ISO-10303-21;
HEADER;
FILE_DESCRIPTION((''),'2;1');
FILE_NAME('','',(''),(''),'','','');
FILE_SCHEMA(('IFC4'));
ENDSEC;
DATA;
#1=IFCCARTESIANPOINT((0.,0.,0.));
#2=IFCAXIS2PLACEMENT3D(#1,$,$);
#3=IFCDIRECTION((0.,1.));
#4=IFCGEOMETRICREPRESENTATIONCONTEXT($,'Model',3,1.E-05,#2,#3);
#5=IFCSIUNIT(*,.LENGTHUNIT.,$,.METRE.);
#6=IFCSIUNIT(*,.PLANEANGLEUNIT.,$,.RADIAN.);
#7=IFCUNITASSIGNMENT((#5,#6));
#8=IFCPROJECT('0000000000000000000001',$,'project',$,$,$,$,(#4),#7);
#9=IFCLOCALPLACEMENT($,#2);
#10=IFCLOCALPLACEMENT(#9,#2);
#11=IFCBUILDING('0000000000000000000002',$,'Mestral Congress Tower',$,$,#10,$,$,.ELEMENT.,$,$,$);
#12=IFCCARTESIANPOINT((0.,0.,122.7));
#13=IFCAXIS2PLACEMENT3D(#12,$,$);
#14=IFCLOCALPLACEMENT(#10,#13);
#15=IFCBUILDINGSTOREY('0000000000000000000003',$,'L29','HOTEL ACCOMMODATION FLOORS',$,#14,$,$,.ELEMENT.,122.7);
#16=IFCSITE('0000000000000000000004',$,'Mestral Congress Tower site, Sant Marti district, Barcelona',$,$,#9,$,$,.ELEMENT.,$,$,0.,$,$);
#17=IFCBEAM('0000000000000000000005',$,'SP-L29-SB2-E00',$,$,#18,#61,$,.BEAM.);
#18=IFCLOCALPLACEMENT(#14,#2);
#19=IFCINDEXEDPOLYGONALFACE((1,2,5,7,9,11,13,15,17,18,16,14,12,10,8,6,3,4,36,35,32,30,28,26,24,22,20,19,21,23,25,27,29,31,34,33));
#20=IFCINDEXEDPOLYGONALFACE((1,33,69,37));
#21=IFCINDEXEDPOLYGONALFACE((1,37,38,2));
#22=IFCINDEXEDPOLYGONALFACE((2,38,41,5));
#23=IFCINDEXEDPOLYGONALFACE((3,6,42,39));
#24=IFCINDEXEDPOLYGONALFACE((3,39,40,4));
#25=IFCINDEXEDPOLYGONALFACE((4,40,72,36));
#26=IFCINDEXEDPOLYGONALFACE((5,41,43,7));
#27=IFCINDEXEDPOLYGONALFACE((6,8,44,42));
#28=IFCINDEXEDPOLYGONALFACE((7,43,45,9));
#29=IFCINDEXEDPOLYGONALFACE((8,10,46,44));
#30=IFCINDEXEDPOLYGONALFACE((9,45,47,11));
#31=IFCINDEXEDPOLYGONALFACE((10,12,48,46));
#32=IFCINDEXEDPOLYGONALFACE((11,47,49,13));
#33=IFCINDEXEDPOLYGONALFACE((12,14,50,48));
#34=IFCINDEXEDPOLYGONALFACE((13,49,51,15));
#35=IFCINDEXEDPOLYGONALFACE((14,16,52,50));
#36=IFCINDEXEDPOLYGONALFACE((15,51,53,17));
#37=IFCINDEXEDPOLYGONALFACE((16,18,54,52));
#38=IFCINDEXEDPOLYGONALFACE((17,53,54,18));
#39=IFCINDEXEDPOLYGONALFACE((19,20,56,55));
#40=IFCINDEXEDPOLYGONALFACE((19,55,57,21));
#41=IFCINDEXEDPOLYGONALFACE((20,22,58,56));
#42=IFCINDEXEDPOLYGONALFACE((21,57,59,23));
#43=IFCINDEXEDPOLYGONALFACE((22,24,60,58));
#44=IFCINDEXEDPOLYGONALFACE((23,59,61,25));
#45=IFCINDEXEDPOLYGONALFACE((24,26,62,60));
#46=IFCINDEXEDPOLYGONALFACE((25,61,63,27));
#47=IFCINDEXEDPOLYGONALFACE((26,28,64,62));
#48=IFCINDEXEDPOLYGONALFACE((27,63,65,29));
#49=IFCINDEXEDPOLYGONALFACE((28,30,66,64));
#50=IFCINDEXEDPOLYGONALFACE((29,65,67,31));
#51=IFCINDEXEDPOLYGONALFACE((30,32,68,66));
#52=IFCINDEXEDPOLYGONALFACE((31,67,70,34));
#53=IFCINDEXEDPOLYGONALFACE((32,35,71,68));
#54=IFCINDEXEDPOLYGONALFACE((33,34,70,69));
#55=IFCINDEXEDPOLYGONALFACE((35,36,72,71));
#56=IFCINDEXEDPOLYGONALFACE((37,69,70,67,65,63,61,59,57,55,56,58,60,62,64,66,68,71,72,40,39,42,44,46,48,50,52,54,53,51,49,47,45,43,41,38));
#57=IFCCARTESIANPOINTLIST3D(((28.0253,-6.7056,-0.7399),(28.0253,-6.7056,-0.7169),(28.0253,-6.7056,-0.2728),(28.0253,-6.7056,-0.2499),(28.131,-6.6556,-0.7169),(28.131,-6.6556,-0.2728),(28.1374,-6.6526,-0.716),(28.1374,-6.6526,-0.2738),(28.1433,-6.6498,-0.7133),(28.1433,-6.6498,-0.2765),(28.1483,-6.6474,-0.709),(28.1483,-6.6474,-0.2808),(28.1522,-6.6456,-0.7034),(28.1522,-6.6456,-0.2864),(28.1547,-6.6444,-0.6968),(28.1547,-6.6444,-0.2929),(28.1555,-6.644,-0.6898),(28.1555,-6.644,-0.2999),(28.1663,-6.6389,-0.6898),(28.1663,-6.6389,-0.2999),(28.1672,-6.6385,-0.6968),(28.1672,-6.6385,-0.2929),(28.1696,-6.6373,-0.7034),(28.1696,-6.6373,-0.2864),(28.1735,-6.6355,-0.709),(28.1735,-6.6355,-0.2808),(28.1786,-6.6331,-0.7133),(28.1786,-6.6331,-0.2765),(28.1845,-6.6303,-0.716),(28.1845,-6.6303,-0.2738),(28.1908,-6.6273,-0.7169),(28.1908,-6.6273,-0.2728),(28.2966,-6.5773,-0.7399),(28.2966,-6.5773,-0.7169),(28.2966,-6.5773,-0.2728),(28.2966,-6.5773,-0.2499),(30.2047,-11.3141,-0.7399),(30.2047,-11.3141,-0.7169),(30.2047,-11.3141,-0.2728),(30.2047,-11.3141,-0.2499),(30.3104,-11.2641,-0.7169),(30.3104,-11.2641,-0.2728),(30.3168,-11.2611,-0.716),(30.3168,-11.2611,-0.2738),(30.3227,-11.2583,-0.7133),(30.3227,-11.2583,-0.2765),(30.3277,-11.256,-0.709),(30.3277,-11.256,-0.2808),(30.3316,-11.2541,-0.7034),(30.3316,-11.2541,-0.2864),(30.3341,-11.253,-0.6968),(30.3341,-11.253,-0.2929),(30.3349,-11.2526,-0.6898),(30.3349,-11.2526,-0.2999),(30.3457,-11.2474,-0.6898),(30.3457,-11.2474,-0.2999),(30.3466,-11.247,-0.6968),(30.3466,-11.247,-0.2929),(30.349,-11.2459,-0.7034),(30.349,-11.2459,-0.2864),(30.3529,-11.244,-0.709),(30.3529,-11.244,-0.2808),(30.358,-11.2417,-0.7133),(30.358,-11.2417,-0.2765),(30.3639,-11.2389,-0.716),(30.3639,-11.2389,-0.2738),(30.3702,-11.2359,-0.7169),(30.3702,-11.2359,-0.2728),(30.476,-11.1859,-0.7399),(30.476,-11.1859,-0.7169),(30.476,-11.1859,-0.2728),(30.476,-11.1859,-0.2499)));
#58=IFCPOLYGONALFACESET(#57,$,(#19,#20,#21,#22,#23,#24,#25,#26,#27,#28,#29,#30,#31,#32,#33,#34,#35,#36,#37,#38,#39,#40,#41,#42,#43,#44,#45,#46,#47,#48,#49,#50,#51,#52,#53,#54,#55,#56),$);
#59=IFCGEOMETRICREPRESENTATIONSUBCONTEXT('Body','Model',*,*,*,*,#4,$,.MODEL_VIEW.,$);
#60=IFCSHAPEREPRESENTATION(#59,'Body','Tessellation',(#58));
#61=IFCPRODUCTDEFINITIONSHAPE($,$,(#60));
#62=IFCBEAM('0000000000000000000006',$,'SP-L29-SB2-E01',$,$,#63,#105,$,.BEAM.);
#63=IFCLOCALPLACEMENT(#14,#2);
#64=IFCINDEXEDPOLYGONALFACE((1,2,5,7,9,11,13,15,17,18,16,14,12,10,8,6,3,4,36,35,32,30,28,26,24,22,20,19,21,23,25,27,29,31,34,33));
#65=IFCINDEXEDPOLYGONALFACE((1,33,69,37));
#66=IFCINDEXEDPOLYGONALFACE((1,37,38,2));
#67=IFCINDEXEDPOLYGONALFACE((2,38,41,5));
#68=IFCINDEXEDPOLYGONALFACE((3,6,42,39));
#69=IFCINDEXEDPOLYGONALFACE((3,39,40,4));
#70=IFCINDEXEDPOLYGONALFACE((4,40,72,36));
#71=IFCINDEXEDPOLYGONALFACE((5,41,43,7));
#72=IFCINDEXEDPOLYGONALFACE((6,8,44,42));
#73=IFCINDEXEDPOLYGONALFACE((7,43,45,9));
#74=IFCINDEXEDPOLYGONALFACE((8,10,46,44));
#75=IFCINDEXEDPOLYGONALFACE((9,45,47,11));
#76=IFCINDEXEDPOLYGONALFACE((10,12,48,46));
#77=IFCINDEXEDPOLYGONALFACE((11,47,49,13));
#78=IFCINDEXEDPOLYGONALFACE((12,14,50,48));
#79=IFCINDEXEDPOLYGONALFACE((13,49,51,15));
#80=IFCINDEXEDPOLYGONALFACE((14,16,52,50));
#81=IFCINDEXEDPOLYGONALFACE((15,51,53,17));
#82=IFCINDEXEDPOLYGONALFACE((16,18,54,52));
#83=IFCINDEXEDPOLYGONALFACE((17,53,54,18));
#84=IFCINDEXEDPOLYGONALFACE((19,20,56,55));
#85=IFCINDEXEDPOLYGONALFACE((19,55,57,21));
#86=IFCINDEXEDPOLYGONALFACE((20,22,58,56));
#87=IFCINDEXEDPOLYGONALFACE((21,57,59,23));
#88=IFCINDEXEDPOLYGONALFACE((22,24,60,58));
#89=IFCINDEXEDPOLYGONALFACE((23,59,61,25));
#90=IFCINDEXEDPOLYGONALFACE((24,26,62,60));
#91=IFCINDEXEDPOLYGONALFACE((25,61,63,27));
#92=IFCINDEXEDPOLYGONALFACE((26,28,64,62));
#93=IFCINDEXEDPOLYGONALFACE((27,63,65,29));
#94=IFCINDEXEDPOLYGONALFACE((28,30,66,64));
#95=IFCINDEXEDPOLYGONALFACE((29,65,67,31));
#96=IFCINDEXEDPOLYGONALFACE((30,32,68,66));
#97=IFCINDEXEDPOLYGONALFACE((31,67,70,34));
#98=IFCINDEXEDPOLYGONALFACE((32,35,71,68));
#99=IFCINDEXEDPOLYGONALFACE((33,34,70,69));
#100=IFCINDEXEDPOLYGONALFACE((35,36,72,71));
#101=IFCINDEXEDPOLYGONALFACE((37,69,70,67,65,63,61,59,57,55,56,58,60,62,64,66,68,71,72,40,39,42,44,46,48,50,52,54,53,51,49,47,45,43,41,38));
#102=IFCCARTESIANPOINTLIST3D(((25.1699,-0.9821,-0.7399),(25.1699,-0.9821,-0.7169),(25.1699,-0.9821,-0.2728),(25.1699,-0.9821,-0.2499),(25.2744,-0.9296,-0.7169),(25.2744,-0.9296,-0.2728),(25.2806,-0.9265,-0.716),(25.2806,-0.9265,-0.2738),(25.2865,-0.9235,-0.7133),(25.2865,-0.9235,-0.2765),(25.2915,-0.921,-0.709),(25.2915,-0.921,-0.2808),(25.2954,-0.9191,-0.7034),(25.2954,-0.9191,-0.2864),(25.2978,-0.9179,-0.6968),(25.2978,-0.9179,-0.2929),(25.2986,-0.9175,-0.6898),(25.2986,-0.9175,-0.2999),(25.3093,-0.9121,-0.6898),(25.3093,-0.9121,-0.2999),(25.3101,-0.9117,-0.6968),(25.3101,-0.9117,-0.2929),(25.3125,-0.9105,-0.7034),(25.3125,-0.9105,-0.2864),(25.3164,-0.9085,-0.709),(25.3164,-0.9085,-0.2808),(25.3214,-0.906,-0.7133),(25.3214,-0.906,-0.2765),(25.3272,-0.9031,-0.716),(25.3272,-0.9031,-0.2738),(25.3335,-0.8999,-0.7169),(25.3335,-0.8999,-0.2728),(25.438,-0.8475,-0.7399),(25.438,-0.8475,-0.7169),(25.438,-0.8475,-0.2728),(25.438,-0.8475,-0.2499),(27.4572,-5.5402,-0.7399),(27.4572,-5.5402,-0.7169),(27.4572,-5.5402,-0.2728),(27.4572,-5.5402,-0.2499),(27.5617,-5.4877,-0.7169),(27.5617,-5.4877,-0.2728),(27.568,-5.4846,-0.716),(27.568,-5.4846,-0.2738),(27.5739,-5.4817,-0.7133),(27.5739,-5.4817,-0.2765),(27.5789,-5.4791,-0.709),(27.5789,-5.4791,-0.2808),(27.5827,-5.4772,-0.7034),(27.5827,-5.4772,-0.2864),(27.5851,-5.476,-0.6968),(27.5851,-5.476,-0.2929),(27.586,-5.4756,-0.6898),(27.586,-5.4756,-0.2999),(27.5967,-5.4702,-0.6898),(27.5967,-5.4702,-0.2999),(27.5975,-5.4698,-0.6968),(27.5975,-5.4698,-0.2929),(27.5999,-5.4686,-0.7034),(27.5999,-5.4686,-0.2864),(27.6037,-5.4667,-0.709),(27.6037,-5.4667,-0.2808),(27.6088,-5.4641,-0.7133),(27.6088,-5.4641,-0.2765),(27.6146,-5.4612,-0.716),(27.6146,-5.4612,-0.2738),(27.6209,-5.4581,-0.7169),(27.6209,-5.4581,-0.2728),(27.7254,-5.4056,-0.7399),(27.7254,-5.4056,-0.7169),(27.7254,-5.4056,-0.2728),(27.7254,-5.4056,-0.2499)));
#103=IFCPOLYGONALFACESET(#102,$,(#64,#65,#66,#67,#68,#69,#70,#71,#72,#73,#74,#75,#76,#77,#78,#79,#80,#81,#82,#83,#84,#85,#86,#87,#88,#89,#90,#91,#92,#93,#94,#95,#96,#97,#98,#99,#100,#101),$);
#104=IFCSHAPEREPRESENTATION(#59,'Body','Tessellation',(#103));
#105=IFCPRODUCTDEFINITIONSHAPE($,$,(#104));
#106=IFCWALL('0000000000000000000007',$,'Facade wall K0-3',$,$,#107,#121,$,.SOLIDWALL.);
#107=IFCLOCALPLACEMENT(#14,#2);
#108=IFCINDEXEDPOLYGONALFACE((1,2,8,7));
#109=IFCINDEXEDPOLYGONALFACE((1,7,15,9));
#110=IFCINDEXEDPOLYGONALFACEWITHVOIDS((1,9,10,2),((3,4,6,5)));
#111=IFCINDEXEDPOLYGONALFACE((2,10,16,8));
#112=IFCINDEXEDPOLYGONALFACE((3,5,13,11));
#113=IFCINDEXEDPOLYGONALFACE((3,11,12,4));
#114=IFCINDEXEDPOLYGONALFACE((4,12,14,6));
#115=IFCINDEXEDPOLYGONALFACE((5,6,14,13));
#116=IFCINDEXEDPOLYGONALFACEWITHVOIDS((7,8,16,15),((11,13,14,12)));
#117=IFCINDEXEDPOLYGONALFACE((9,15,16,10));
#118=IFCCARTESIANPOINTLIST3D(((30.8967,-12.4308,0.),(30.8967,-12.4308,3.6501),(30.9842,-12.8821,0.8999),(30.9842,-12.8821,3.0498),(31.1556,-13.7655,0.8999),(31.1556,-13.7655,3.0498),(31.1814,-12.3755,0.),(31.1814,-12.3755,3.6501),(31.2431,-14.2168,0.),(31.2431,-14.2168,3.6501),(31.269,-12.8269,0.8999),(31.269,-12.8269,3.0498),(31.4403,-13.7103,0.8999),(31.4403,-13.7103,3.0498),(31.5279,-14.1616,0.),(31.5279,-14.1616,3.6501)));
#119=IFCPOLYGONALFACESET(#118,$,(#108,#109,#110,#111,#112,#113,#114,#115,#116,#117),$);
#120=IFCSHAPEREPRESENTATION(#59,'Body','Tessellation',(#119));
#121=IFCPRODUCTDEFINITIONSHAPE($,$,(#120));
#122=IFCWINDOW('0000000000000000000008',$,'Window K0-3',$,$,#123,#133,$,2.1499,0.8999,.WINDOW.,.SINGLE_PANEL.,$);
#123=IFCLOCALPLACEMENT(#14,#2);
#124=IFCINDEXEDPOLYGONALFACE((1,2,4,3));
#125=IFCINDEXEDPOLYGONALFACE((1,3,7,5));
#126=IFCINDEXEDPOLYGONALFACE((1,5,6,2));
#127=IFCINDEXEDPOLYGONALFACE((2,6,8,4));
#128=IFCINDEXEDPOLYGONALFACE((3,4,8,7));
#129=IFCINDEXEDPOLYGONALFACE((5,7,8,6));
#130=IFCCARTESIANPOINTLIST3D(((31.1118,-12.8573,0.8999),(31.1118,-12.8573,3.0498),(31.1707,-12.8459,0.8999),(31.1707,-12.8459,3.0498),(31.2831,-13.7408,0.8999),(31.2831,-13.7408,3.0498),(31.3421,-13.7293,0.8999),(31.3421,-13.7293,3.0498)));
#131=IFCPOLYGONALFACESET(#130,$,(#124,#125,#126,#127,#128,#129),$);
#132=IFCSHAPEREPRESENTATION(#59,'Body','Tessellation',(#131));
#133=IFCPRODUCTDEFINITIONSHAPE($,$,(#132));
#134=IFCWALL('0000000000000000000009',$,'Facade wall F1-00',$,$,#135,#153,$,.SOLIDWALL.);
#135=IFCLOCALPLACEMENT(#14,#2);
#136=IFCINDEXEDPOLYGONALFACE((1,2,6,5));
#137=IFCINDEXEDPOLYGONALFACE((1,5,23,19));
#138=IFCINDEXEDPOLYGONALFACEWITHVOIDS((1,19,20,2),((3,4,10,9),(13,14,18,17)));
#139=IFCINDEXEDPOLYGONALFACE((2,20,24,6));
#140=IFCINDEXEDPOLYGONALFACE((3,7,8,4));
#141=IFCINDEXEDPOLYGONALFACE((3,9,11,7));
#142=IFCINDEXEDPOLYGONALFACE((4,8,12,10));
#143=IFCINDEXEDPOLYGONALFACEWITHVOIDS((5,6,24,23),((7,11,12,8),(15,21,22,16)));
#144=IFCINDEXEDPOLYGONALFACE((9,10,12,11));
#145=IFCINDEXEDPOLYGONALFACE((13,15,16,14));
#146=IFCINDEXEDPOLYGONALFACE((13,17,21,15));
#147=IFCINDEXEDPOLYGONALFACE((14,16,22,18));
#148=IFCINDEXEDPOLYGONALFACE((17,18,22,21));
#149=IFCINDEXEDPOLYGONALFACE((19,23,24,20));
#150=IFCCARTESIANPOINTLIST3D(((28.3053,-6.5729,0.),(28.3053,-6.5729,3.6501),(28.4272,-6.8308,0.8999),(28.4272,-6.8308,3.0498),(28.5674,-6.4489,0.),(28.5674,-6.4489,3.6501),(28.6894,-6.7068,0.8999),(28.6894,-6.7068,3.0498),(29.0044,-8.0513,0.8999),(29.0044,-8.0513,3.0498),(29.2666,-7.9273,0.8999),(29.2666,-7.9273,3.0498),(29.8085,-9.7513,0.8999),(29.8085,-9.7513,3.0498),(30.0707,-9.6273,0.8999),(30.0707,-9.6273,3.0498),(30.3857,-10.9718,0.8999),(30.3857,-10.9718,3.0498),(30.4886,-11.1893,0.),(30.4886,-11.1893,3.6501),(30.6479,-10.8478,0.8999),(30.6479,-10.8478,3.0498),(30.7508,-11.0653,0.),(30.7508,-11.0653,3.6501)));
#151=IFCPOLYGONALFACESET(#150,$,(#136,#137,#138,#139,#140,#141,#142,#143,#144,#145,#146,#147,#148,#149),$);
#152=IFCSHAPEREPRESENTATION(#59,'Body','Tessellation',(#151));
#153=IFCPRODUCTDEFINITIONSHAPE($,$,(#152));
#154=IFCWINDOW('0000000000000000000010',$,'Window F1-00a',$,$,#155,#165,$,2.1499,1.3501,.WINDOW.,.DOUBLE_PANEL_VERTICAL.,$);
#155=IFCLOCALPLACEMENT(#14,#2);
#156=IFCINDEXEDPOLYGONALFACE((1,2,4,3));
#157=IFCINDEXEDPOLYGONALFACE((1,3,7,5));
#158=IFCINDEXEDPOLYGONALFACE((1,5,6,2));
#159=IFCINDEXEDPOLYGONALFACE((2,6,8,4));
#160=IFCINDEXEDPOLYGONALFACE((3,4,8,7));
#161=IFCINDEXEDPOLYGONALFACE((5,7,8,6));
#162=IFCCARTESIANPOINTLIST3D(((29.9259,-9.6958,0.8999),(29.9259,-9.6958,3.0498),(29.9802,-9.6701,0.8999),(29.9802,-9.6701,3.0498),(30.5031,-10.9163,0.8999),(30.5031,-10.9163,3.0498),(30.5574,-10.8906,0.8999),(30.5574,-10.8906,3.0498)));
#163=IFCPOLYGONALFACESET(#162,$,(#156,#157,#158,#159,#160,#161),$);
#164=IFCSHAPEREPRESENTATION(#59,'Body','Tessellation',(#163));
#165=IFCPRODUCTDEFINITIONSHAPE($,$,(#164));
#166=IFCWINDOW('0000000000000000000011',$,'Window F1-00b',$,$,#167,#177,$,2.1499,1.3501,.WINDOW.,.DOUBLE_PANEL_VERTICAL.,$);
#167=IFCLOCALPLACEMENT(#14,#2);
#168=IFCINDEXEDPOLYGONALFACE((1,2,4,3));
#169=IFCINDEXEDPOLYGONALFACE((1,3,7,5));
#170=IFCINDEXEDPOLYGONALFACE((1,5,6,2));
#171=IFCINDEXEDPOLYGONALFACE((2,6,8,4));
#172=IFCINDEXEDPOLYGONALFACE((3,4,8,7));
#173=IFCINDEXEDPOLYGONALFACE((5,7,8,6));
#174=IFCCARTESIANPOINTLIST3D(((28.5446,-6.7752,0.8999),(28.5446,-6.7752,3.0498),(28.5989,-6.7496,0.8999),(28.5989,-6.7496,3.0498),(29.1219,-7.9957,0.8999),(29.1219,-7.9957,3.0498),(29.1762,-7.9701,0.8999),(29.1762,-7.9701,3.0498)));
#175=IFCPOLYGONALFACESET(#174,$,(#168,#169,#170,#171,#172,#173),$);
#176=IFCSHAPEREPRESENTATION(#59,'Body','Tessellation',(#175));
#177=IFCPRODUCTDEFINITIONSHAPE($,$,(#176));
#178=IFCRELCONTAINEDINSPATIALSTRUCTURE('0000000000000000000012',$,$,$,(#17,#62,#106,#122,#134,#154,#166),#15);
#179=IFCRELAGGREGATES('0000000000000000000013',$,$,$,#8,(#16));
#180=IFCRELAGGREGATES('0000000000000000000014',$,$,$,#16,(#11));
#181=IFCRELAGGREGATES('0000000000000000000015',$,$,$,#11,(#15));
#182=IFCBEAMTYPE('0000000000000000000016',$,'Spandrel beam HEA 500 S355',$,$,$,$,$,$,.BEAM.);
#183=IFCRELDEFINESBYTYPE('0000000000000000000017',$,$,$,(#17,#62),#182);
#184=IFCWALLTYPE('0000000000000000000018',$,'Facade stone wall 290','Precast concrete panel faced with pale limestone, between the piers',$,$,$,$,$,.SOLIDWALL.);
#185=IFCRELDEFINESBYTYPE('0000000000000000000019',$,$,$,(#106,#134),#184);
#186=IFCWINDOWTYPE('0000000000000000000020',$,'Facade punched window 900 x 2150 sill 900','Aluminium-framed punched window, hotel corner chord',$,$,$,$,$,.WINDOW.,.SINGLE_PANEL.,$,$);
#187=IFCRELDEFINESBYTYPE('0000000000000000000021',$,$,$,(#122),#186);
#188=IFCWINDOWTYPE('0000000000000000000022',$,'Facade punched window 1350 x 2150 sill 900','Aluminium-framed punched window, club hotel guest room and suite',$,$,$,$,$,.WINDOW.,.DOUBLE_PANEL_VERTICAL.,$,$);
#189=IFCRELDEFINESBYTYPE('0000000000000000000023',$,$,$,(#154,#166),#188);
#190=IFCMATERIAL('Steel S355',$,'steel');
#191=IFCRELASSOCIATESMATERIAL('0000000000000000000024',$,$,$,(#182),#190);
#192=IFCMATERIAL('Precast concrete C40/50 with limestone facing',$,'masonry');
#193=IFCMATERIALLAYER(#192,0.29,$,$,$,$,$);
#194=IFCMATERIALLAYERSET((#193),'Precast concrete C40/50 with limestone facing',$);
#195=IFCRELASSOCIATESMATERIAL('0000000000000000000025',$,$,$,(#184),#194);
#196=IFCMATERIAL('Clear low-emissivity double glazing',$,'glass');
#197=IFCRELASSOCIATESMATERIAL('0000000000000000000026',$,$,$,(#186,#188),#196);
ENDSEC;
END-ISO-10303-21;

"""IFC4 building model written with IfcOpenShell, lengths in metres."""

from ifc_helpers import new_model, si_unit, direction, frame, frame_2d, origin, origin_2d, place, context, subcontext, project, spatial, rectangle, i_section, extrude, material, layer, layer_set, material_profile, profile_set, type_object, element, fill, save


model = new_model("IFC4")

# Units and contexts
model_context = context("Model", 3, precision=1e-05, world=origin(), true_north=direction((0.0, 1.0)))
body_context = subcontext(model_context, "Body", "Model", "MODEL_VIEW")
ifc_project = project(units=[si_unit("LENGTHUNIT", "METRE"), si_unit("PLANEANGLEUNIT", "RADIAN")], contexts=[model_context])

# Site, building, storey
site_placement = place(None, origin())
site = spatial("IfcSite", under=ifc_project, at=site_placement, Name="Mestral Congress Tower site, Sant Marti district, Barcelona", CompositionType="ELEMENT", RefElevation=0.0)
building_placement = place(site_placement, origin())
building = spatial("IfcBuilding", under=site, at=building_placement, Name="Mestral Congress Tower", CompositionType="ELEMENT")
storey_placement = place(building_placement, frame((0.0, 0.0, 122.7)))
storey = spatial("IfcBuildingStorey", under=building, at=storey_placement, Name="L29", Description="HOTEL ACCOMMODATION FLOORS", CompositionType="ELEMENT", Elevation=122.7)

# Beams
ifc_material_1 = material(Name="Steel S355", Category="steel")
ifc_material_profile_1 = material_profile(ifc_material_1, i_section(OverallWidth=0.3, OverallDepth=0.49, WebThickness=0.012, FlangeThickness=0.0229, FilletRadius=0.0271, at=origin_2d()), Name="HEA 500")
ifc_profile_set_1 = profile_set([ifc_material_profile_1], Name="Steel S355")
beam_type_1 = type_object("IfcBeamType", Name="Spandrel beam HEA 500 S355", PredefinedType="BEAM", material=ifc_profile_set_1)
beam_1_placement = place(storey_placement, frame((30.3403, -11.25, -0.4949), z_axis=(-0.42751, 0.904011, 0.0), x_axis=(-0.904011, -0.42751, 0.0)))
element("IfcBeam", 1, at=beam_1_placement, inside=storey, type_object=beam_type_1, Name="SP-L29-SB2-E00", PredefinedType="BEAM", context=body_context, shape_type="SweptSolid", body=[
    extrude(i_section(OverallWidth=0.3, OverallDepth=0.49, WebThickness=0.012, FlangeThickness=0.0229, FilletRadius=0.0271, at=origin_2d()), origin(), (0.0, 0.0, 1.0), 5.0979),
])
beam_2_placement = place(storey_placement, frame((27.5913, -5.4729, -0.4949), z_axis=(-0.448515, 0.893775, 0.0), x_axis=(-0.893775, -0.448515, 0.0)))
element("IfcBeam", 2, at=beam_2_placement, inside=storey, type_object=beam_type_1, Name="SP-L29-SB2-E01", PredefinedType="BEAM", context=body_context, shape_type="SweptSolid", body=[
    extrude(i_section(OverallWidth=0.3, OverallDepth=0.49, WebThickness=0.012, FlangeThickness=0.0229, FilletRadius=0.0271, at=origin_2d()), origin(), (0.0, 0.0, 1.0), 5.0999),
])

# Wall, opening, window
ifc_material_2 = material(Name="Precast concrete C40/50 with limestone facing", Category="masonry")
ifc_layer_1 = layer(ifc_material_2, 0.29)
ifc_layer_set_1 = layer_set([ifc_layer_1], Name="Precast concrete C40/50 with limestone facing")
wall_type_1 = type_object("IfcWallType", Name="Facade stone wall 290", Description="Precast concrete panel faced with pale limestone, between the piers", PredefinedType="SOLIDWALL", material=ifc_layer_set_1)
wall_1_placement = place(storey_placement, frame((31.3855, -14.1892, 0.0), z_axis=(0.0, 0.0, 1.0), x_axis=(-0.19041, 0.981705, 0.0)))
wall_1 = element("IfcWall", 3, at=wall_1_placement, inside=storey, type_object=wall_type_1, Name="Facade wall K0-3", PredefinedType="SOLIDWALL", context=body_context, shape_type="SweptSolid", body=[
    extrude(rectangle(XDim=1.8193, YDim=0.29, at=frame_2d((0.9097, 0.0))), origin(), (0.0, 0.0, 1.0), 3.6501),
])
opening_1_placement = place(wall_1_placement, frame((0.4597, 0.0, 0.8999)))
opening_1 = element("IfcOpeningElement", 4, at=opening_1_placement, cuts=wall_1, PredefinedType="OPENING", context=body_context, shape_type="SweptSolid", body=[
    extrude(rectangle(XDim=0.8999, YDim=2.1499, at=frame_2d((0.45, 1.075))), frame((0.0, 0.155, 0.0), z_axis=(0.0, -1.0, 0.0), x_axis=(1.0, 0.0, 0.0)), (0.0, 0.0, 1.0), 0.3101),
])
ifc_material_3 = material(Name="Clear low-emissivity double glazing", Category="glass")
window_type_1 = type_object("IfcWindowType", Name="Facade punched window 900 x 2150 sill 900", Description="Aluminium-framed punched window, hotel corner chord", PartitioningType="SINGLE_PANEL", PredefinedType="WINDOW", material=ifc_material_3)
window_1_placement = place(opening_1_placement, origin())
window_1 = element("IfcWindow", 5, at=window_1_placement, inside=storey, type_object=window_type_1, Name="Window K0-3", OverallHeight=2.1499, OverallWidth=0.8999, PartitioningType="SINGLE_PANEL", PredefinedType="WINDOW", context=body_context, shape_type="SweptSolid", body=[
    extrude(rectangle(XDim=0.8999, YDim=2.1499, at=frame_2d((0.45, 1.075))), frame((0.0, 0.0151, 0.0), z_axis=(0.0, -1.0, 0.0), x_axis=(1.0, 0.0, 0.0)), (0.0, 0.0, 1.0), 0.0601),
])
fill(opening_1, window_1)

# Wall, openings, windows
wall_2_placement = place(storey_placement, frame((30.6196, -11.1272, 0.0), z_axis=(0.0, 0.0, 1.0), x_axis=(-0.427544, 0.903995, 0.0)))
wall_2 = element("IfcWall", 6, at=wall_2_placement, inside=storey, type_object=wall_type_1, Name="Facade wall F1-00", PredefinedType="SOLIDWALL", context=body_context, shape_type="SweptSolid", body=[
    extrude(rectangle(XDim=5.1067, YDim=0.29, at=frame_2d((2.5532, 0.0))), origin(), (0.0, 0.0, 1.0), 3.6501),
])
opening_2_placement = place(wall_2_placement, frame((0.2405, 0.0, 0.8999)))
opening_2 = element("IfcOpeningElement", 7, at=opening_2_placement, cuts=wall_2, PredefinedType="OPENING", context=body_context, shape_type="SweptSolid", body=[
    extrude(rectangle(XDim=1.3501, YDim=2.1499, at=frame_2d((0.675, 1.075))), frame((0.0, 0.155, 0.0), z_axis=(0.0, -1.0, 0.0), x_axis=(1.0, 0.0, 0.0)), (0.0, 0.0, 1.0), 0.3101),
])
opening_3_placement = place(wall_2_placement, frame((3.4712, 0.0, 0.8999)))
opening_3 = element("IfcOpeningElement", 8, at=opening_3_placement, cuts=wall_2, PredefinedType="OPENING", context=body_context, shape_type="SweptSolid", body=[
    extrude(rectangle(XDim=1.3501, YDim=2.1499, at=frame_2d((0.675, 1.075))), frame((0.0, 0.155, 0.0), z_axis=(0.0, -1.0, 0.0), x_axis=(1.0, 0.0, 0.0)), (0.0, 0.0, 1.0), 0.3101),
])
window_type_2 = type_object("IfcWindowType", Name="Facade punched window 1350 x 2150 sill 900", Description="Aluminium-framed punched window, club hotel guest room and suite", PartitioningType="DOUBLE_PANEL_VERTICAL", PredefinedType="WINDOW", material=ifc_material_3)
window_2_placement = place(opening_2_placement, origin())
window_2 = element("IfcWindow", 9, at=window_2_placement, inside=storey, type_object=window_type_2, Name="Window F1-00a", OverallHeight=2.1499, OverallWidth=1.3501, PartitioningType="DOUBLE_PANEL_VERTICAL", PredefinedType="WINDOW", context=body_context, shape_type="SweptSolid", body=[
    extrude(rectangle(XDim=1.3501, YDim=2.1499, at=frame_2d((0.675, 1.075))), frame((0.0, 0.0151, 0.0), z_axis=(0.0, -1.0, 0.0), x_axis=(1.0, 0.0, 0.0)), (0.0, 0.0, 1.0), 0.0601),
])
fill(opening_2, window_2)
window_3_placement = place(opening_3_placement, origin())
window_3 = element("IfcWindow", 10, at=window_3_placement, inside=storey, type_object=window_type_2, Name="Window F1-00b", OverallHeight=2.1499, OverallWidth=1.3501, PartitioningType="DOUBLE_PANEL_VERTICAL", PredefinedType="WINDOW", context=body_context, shape_type="SweptSolid", body=[
    extrude(rectangle(XDim=1.3501, YDim=2.1499, at=frame_2d((0.675, 1.075))), frame((0.0, 0.0151, 0.0), z_axis=(0.0, -1.0, 0.0), x_axis=(1.0, 0.0, 0.0)), (0.0, 0.0, 1.0), 0.0601),
])
fill(opening_3, window_3)

save(model, "model.ifc")
